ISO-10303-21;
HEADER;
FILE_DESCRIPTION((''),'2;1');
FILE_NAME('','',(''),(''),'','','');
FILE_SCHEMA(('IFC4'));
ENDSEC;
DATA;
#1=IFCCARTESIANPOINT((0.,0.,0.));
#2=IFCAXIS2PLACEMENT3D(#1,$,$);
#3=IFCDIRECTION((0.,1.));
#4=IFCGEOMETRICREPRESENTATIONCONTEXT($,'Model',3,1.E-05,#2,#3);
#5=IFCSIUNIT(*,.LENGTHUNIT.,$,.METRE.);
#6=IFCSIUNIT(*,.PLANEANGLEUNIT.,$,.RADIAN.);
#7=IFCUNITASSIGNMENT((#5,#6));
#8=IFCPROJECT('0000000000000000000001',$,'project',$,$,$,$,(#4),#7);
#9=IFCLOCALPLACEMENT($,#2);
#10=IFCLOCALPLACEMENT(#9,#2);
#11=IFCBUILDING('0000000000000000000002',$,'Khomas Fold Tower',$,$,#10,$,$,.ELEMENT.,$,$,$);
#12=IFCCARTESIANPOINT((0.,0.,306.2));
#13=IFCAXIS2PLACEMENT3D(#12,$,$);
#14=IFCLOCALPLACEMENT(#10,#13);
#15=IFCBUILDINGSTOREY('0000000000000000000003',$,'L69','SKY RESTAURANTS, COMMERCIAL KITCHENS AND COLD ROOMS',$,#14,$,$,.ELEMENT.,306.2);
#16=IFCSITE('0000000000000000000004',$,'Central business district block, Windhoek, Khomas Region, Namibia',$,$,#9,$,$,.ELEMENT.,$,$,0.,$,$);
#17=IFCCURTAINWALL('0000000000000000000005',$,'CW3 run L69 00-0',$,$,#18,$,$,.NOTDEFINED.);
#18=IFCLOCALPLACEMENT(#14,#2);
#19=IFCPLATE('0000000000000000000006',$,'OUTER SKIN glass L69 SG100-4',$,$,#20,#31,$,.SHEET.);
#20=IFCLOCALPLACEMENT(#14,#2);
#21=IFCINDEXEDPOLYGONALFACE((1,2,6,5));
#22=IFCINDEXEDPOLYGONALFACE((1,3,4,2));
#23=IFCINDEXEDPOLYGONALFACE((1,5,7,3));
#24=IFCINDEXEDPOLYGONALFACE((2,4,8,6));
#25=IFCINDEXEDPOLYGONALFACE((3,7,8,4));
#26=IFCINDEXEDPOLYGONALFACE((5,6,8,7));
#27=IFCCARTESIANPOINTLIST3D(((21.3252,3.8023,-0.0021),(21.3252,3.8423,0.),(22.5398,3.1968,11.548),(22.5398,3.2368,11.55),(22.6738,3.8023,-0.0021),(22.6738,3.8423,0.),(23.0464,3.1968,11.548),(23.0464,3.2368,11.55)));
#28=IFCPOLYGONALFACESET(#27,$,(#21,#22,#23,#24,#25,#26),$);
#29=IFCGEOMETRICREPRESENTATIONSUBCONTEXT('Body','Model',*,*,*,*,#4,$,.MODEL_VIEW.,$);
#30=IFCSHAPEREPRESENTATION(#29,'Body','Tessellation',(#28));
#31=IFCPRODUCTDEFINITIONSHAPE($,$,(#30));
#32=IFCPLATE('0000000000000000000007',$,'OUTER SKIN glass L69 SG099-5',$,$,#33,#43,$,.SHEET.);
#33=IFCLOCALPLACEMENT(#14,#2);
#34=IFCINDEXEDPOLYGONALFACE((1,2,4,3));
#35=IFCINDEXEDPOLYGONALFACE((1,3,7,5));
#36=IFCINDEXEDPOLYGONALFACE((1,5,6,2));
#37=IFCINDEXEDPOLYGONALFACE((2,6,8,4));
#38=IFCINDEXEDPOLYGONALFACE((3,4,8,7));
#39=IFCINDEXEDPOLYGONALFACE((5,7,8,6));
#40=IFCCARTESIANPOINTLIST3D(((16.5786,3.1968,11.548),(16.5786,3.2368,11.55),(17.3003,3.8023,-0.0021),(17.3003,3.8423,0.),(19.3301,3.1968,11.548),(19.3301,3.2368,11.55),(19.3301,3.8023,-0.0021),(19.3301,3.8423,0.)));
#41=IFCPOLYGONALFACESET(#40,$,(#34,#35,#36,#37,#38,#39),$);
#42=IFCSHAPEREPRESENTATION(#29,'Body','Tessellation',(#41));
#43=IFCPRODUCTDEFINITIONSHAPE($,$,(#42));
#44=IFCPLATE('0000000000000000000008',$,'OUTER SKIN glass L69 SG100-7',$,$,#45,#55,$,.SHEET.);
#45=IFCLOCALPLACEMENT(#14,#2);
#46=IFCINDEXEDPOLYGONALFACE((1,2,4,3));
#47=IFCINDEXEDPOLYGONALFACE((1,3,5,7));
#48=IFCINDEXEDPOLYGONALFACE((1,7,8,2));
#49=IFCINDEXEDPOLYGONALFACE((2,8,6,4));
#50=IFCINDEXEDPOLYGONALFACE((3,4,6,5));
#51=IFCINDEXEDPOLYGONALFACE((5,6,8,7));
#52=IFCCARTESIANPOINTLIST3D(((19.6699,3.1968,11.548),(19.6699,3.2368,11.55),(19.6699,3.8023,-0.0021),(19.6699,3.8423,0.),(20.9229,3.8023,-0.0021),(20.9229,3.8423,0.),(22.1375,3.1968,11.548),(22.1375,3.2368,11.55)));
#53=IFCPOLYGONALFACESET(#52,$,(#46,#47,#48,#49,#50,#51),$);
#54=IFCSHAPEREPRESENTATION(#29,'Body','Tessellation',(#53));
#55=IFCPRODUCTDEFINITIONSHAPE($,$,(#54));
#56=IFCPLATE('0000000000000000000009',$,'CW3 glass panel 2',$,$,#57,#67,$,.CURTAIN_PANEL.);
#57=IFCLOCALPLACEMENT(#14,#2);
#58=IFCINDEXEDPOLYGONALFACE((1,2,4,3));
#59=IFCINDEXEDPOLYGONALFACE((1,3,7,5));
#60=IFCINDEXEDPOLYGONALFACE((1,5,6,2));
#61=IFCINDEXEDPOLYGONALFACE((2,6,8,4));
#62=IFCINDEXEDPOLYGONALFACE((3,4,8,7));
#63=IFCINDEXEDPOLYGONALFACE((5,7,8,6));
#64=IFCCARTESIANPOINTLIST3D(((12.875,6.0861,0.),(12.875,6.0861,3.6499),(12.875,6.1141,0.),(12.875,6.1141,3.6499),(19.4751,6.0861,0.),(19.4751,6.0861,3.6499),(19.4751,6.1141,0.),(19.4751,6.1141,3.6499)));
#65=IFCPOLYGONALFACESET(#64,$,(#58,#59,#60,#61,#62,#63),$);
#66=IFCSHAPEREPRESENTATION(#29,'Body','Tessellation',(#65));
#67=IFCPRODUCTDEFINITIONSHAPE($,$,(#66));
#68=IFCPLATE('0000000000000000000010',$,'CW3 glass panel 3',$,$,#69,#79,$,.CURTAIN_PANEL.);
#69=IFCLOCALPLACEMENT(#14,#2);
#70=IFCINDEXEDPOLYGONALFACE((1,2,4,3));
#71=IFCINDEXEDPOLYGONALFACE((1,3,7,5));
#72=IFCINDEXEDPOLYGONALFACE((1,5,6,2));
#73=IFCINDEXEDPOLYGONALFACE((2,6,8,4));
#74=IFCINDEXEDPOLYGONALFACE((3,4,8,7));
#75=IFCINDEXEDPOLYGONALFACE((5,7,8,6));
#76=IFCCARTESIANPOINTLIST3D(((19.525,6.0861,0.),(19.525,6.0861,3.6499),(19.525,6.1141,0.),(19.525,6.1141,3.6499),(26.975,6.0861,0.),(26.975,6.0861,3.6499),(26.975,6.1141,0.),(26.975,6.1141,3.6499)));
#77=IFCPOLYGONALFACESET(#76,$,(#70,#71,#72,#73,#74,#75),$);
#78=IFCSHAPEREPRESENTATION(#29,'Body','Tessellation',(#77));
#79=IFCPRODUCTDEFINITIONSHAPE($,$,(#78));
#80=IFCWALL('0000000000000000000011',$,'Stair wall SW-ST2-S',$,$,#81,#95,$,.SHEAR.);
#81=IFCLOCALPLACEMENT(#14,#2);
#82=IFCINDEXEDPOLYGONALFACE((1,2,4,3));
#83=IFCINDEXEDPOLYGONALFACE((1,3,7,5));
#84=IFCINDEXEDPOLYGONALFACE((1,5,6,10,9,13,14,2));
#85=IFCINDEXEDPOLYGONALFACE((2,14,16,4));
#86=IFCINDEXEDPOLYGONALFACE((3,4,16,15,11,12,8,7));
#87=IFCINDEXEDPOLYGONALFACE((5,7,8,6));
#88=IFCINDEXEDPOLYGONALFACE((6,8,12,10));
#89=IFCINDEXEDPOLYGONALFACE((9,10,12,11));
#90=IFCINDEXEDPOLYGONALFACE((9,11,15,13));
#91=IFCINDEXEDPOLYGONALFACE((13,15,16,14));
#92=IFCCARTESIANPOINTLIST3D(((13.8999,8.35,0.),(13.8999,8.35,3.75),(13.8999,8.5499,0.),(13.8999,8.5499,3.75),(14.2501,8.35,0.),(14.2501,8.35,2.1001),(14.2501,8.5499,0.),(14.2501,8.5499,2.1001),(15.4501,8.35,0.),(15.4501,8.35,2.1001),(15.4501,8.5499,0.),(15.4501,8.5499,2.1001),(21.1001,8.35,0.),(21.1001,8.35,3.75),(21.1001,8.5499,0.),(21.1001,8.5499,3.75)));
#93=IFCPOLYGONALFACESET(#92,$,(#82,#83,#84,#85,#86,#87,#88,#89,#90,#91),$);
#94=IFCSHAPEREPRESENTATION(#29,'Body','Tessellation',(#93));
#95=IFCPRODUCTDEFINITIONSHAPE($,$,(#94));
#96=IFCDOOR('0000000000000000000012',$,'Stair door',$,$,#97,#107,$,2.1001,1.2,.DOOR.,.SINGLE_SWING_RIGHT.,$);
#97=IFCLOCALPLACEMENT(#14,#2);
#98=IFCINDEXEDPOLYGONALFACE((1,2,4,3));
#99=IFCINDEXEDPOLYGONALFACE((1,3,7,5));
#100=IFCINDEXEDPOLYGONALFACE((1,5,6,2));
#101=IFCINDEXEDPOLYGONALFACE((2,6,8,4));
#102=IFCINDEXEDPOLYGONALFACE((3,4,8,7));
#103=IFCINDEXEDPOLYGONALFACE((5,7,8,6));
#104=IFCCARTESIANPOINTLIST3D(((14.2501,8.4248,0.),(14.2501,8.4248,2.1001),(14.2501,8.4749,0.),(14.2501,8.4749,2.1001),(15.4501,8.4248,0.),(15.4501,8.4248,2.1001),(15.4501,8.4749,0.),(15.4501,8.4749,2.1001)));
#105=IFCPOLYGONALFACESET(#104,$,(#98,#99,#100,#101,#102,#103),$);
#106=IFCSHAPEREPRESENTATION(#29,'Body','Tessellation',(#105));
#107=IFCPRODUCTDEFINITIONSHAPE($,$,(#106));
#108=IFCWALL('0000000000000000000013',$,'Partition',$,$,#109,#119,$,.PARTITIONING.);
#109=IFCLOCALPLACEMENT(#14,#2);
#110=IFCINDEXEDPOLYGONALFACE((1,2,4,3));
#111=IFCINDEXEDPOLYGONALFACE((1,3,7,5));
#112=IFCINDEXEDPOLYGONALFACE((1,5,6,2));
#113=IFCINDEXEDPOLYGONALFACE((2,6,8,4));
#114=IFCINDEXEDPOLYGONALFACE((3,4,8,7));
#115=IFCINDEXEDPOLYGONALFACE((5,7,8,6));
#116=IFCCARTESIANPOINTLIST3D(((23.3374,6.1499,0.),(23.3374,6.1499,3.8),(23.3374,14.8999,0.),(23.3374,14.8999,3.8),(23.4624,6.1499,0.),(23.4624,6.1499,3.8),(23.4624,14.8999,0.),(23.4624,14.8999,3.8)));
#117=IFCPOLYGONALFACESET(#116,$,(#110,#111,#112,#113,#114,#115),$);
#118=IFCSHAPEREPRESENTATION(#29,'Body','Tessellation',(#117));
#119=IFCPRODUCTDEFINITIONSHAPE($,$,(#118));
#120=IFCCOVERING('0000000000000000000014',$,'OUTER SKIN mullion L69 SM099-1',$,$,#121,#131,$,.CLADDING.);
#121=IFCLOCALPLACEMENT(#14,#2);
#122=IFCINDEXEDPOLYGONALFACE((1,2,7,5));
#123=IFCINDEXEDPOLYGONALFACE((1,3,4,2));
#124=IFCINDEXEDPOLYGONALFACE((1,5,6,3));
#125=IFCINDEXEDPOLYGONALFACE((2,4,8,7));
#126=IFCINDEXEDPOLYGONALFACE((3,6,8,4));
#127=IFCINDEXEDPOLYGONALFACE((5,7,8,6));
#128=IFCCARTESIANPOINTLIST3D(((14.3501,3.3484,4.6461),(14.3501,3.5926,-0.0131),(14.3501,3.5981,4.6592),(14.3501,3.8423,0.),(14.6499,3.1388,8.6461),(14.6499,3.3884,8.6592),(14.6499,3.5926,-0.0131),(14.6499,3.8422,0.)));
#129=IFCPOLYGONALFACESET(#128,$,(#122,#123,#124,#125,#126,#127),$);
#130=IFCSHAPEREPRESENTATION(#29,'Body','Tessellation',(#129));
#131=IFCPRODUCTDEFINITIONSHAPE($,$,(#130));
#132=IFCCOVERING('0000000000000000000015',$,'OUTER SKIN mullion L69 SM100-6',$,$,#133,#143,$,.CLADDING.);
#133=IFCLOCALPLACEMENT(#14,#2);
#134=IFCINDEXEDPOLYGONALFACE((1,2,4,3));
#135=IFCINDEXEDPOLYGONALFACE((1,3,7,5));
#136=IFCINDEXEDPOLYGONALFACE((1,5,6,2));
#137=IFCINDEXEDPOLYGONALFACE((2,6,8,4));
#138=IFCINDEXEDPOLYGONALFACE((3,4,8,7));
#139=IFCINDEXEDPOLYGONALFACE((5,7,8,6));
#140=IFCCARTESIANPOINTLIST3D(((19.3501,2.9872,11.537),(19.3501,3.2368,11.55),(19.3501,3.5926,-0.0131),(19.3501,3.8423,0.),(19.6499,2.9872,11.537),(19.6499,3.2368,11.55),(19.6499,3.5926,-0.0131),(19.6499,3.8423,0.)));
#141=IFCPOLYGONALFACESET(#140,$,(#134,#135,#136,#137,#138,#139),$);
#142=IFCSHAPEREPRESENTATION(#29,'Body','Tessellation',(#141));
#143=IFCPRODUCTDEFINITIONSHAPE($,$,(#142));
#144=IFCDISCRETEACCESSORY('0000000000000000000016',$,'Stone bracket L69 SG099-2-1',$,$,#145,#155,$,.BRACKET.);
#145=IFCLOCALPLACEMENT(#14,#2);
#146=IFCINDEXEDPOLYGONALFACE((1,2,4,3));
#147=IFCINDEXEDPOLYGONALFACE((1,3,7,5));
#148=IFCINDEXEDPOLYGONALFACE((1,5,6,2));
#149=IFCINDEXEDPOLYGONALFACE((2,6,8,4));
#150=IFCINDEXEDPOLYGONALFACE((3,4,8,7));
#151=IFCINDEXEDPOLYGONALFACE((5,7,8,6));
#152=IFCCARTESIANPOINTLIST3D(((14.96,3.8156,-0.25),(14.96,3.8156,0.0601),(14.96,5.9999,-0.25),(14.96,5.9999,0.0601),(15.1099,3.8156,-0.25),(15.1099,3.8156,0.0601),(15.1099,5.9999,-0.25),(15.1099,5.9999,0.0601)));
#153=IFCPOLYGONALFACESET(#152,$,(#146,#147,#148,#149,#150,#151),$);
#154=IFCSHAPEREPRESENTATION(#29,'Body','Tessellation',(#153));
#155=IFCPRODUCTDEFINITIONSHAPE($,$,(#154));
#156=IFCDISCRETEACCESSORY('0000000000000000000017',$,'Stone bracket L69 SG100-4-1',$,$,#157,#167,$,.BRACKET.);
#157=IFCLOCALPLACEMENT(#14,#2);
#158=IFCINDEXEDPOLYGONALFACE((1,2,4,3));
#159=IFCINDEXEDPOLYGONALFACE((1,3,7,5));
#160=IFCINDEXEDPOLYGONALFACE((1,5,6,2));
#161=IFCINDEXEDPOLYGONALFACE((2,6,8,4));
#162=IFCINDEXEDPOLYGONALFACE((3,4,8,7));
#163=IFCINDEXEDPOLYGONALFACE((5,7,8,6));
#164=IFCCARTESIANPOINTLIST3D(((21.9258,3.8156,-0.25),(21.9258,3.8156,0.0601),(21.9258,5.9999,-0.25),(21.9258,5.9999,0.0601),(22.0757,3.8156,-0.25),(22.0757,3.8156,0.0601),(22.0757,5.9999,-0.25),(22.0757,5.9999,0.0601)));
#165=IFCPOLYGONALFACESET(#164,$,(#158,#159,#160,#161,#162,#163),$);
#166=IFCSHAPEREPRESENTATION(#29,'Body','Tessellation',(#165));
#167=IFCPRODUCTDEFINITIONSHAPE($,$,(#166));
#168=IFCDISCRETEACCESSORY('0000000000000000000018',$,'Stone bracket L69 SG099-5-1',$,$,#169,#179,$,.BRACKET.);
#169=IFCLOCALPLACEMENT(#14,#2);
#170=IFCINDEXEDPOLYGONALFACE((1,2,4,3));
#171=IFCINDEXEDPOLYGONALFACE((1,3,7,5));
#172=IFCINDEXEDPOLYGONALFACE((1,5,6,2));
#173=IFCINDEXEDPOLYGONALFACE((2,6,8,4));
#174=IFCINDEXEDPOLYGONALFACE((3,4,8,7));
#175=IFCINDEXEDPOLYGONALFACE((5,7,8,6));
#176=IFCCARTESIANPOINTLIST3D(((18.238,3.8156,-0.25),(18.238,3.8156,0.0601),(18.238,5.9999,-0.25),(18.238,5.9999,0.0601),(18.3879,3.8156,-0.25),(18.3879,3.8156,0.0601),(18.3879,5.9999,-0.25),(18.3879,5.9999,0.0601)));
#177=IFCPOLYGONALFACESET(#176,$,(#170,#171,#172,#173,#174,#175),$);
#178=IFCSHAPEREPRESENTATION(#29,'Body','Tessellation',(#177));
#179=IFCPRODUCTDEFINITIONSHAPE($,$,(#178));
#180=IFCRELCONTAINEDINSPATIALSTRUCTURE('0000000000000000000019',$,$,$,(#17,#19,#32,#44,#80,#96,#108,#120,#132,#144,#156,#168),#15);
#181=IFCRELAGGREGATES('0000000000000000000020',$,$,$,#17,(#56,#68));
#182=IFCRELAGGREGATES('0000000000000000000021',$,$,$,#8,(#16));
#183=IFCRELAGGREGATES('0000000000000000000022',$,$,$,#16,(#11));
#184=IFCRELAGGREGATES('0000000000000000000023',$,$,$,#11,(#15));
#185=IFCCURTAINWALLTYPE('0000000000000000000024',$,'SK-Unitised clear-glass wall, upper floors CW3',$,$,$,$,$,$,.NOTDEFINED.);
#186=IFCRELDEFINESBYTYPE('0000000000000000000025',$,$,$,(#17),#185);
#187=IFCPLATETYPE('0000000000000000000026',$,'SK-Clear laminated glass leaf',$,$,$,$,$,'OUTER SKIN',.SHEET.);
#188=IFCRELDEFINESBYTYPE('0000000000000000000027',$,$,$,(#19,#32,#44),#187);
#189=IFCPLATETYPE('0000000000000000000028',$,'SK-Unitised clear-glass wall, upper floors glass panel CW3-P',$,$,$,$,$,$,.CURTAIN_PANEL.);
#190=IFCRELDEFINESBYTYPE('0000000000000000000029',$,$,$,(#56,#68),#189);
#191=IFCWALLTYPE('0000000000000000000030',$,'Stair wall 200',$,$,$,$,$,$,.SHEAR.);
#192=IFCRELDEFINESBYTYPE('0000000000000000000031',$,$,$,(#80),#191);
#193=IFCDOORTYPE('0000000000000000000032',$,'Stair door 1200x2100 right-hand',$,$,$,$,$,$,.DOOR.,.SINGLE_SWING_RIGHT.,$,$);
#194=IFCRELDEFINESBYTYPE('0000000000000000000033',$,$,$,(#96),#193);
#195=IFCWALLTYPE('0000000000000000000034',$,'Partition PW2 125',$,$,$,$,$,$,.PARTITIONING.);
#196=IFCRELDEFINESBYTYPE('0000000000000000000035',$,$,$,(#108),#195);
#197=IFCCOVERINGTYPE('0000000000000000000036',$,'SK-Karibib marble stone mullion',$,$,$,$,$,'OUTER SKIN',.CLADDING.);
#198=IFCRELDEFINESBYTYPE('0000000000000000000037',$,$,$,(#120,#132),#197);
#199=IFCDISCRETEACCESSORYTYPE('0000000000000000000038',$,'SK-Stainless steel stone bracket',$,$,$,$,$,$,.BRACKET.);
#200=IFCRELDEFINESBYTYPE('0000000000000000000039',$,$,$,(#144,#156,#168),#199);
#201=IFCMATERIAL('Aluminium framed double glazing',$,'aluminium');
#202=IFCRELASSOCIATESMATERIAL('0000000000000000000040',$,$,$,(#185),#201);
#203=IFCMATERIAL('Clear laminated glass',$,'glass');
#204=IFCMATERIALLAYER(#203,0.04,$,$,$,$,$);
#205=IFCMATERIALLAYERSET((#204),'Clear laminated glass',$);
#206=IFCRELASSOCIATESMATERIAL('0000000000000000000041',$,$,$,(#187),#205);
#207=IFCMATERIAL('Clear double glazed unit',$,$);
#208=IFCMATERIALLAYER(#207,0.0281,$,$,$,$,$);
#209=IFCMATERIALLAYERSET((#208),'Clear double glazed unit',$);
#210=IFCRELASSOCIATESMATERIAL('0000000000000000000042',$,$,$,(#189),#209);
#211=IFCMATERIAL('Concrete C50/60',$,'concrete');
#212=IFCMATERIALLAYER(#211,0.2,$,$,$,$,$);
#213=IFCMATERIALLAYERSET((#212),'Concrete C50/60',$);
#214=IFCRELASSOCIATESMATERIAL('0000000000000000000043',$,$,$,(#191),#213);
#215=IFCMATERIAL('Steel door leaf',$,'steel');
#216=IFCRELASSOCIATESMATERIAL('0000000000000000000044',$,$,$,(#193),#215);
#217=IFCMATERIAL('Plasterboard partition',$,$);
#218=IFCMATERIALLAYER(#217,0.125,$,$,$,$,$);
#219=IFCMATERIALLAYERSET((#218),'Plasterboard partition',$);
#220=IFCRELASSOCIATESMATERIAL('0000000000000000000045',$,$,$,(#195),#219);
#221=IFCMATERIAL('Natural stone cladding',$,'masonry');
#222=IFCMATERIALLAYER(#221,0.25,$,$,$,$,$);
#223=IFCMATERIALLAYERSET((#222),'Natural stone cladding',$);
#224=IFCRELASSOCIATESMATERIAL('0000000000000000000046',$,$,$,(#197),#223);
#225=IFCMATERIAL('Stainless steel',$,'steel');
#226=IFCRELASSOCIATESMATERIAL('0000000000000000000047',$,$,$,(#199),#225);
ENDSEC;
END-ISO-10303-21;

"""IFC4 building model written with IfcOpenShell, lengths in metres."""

from ifc_helpers import new_model, si_unit, direction, frame, frame_2d, origin, origin_2d, place, context, subcontext, project, spatial, polyline, rectangle, outline, extrude, source, transform, mapped, material, layer, layer_set, type_object, element, fill, aggregate, save


model = new_model("IFC4")

# Units and contexts
model_context = context("Model", 3, precision=1e-05, world=origin(), true_north=direction((0.0, 1.0)))
body_context = subcontext(model_context, "Body", "Model", "MODEL_VIEW")
ifc_project = project(units=[si_unit("LENGTHUNIT", "METRE"), si_unit("PLANEANGLEUNIT", "RADIAN")], contexts=[model_context])

# Site, building, storey
site_placement = place(None, origin())
site = spatial("IfcSite", under=ifc_project, at=site_placement, Name="Central business district block, Windhoek, Khomas Region, Namibia", CompositionType="ELEMENT", RefElevation=0.0)
building_placement = place(site_placement, origin())
building = spatial("IfcBuilding", under=site, at=building_placement, Name="Khomas Fold Tower", CompositionType="ELEMENT")
storey_placement = place(building_placement, frame((0.0, 0.0, 306.2)))
storey = spatial("IfcBuildingStorey", under=building, at=storey_placement, Name="L69", Description="SKY RESTAURANTS, COMMERCIAL KITCHENS AND COLD ROOMS", CompositionType="ELEMENT", Elevation=306.2)

# Curtain wall
ifc_material_1 = material(Name="Aluminium framed double glazing", Category="aluminium")
curtain_wall_type = type_object("IfcCurtainWallType", Name="SK-Unitised clear-glass wall, upper floors CW3", PredefinedType="NOTDEFINED", material=ifc_material_1)
curtain_wall_placement = place(storey_placement, origin())
curtain_wall = element("IfcCurtainWall", 1, at=curtain_wall_placement, inside=storey, type_object=curtain_wall_type, Name="CW3 run L69 00-0", PredefinedType="NOTDEFINED")

# Plates
ifc_material_2 = material(Name="Clear laminated glass", Category="glass")
ifc_layer_1 = layer(ifc_material_2, 0.04)
ifc_layer_set_1 = layer_set([ifc_layer_1], Name="Clear laminated glass")
plate_type_1 = type_object("IfcPlateType", Name="SK-Clear laminated glass leaf", ElementType="OUTER SKIN", PredefinedType="SHEET", material=ifc_layer_set_1)
plate_1_placement = place(storey_placement, frame((22.6738, 3.8423, 0.0), z_axis=(0.0, 0.998629, 0.052349), x_axis=(-1.0, 0.0, 0.0)))
element("IfcPlate", 2, at=plate_1_placement, inside=storey, type_object=plate_type_1, Name="OUTER SKIN glass L69 SG100-4", PredefinedType="SHEET", context=body_context, shape_type="SweptSolid", body=[
    extrude(outline(polyline([(0.0, 0.0), (1.3486, 0.0), (0.134, 11.5659), (-0.3726, 11.5659), (0.0, 0.0)])), origin(), (0.0, 0.0, -1.0), 0.04),
])
plate_2_placement = place(storey_placement, frame((17.3003, 3.8423, 0.0), z_axis=(0.0, 0.998629, 0.052349), x_axis=(-0.062276, -0.052248, 0.99669)))
element("IfcPlate", 3, at=plate_2_placement, inside=storey, type_object=plate_type_1, Name="OUTER SKIN glass L69 SG099-5", PredefinedType="SHEET", context=body_context, shape_type="SweptSolid", body=[
    extrude(outline(polyline([(0.0, 0.0), (11.5884, 0.0), (11.4171, 2.7461), (-0.1264, 2.0258), (0.0, 0.0)])), origin(), (0.0, 0.0, -1.0), 0.04),
])
plate_3_placement = place(storey_placement, frame((20.9229, 3.8423, 0.0), z_axis=(0.0, 0.998629, 0.052349), x_axis=(-1.0, 0.0, 0.0)))
element("IfcPlate", 4, at=plate_3_placement, inside=storey, type_object=plate_type_1, Name="OUTER SKIN glass L69 SG100-7", PredefinedType="SHEET", context=body_context, shape_type="SweptSolid", body=[
    extrude(outline(polyline([(0.0, 0.0), (1.2529, 0.0), (1.2529, 11.5659), (-1.2146, 11.5659), (0.0, 0.0)])), origin(), (0.0, 0.0, -1.0), 0.04),
])

# Plates
ifc_material_3 = material(Name="Clear double glazed unit")
ifc_layer_2 = layer(ifc_material_3, 0.0281)
ifc_layer_set_2 = layer_set([ifc_layer_2], Name="Clear double glazed unit")
plate_type_2 = type_object("IfcPlateType", Name="SK-Unitised clear-glass wall, upper floors glass panel CW3-P", PredefinedType="CURTAIN_PANEL", material=ifc_layer_set_2)
shared_shape_1 = source(origin(), body_context, "Body", "SweptSolid", [
    extrude(rectangle(XDim=6.6001, YDim=0.0281, at=origin_2d()), origin(), (0.0, 0.0, 1.0), 3.6499),
])
plate_4_placement = place(storey_placement, frame((16.175, 6.1001, 0.0), z_axis=(0.0, 0.0, 1.0), x_axis=(1.0, 0.0, 0.0)))
plate_4 = element("IfcPlate", 5, at=plate_4_placement, type_object=plate_type_2, Name="CW3 glass panel 2", PredefinedType="CURTAIN_PANEL", context=body_context, shape_type="MappedRepresentation", body=[
    mapped(shared_shape_1, transform((0.0, 0.0, 0.0))),
])
shared_shape_2 = source(origin(), body_context, "Body", "SweptSolid", [
    extrude(rectangle(XDim=7.45, YDim=0.0281, at=origin_2d()), origin(), (0.0, 0.0, 1.0), 3.6499),
])
plate_5_placement = place(storey_placement, frame((23.25, 6.1001, 0.0), z_axis=(0.0, 0.0, 1.0), x_axis=(1.0, 0.0, 0.0)))
plate_5 = element("IfcPlate", 6, at=plate_5_placement, type_object=plate_type_2, Name="CW3 glass panel 3", PredefinedType="CURTAIN_PANEL", context=body_context, shape_type="MappedRepresentation", body=[
    mapped(shared_shape_2, transform((0.0, 0.0, 0.0))),
])
aggregate(curtain_wall, [plate_4, plate_5])

# Wall, opening, door
ifc_material_4 = material(Name="Concrete C50/60", Category="concrete")
ifc_layer_3 = layer(ifc_material_4, 0.2)
ifc_layer_set_3 = layer_set([ifc_layer_3], Name="Concrete C50/60")
wall_type_1 = type_object("IfcWallType", Name="Stair wall 200", PredefinedType="SHEAR", material=ifc_layer_set_3)
shared_shape_3 = source(origin(), body_context, "Body", "SweptSolid", [
    extrude(rectangle(XDim=7.2002, YDim=0.2, at=frame_2d((3.6001, 0.0))), origin(), (0.0, 0.0, 1.0), 3.75),
])
wall_1_placement = place(storey_placement, frame((13.8999, 8.45, 0.0), z_axis=(0.0, 0.0, 1.0), x_axis=(1.0, 0.0, 0.0)))
wall_1 = element("IfcWall", 7, at=wall_1_placement, inside=storey, type_object=wall_type_1, Name="Stair wall SW-ST2-S", PredefinedType="SHEAR", context=body_context, shape_type="MappedRepresentation", body=[
    mapped(shared_shape_3, transform((0.0, 0.0, 0.0))),
])
shared_shape_4 = source(origin(), body_context, "Body", "SweptSolid", [
    extrude(rectangle(XDim=1.2, YDim=2.1001, at=frame_2d((0.6001, 1.05))), frame((0.0, 0.1099, 0.0), z_axis=(0.0, -1.0, 0.0), x_axis=(1.0, 0.0, 0.0)), (0.0, 0.0, 1.0), 0.22),
])
opening_placement = place(wall_1_placement, frame((0.3501, 0.0, 0.0)))
opening = element("IfcOpeningElement", 8, at=opening_placement, cuts=wall_1, PredefinedType="OPENING", context=body_context, shape_type="MappedRepresentation", body=[
    mapped(shared_shape_4, transform((0.0, 0.0, 0.0))),
])
ifc_material_5 = material(Name="Steel door leaf", Category="steel")
door_type = type_object("IfcDoorType", Name="Stair door 1200x2100 right-hand", OperationType="SINGLE_SWING_RIGHT", PredefinedType="DOOR", material=ifc_material_5)
shared_shape_5 = source(origin(), body_context, "Body", "SweptSolid", [
    extrude(rectangle(XDim=1.2, YDim=2.1001, at=frame_2d((0.6001, 1.05))), frame((0.0, 0.0249, 0.0), z_axis=(0.0, -1.0, 0.0), x_axis=(1.0, 0.0, 0.0)), (0.0, 0.0, 1.0), 0.05),
])
door_placement = place(opening_placement, origin())
door = element("IfcDoor", 9, at=door_placement, inside=storey, type_object=door_type, Name="Stair door", OperationType="SINGLE_SWING_RIGHT", OverallHeight=2.1001, OverallWidth=1.2, PredefinedType="DOOR", context=body_context, shape_type="MappedRepresentation", body=[
    mapped(shared_shape_5, transform((0.0, 0.0, 0.0))),
])
fill(opening, door)

# Wall
ifc_material_6 = material(Name="Plasterboard partition")
ifc_layer_4 = layer(ifc_material_6, 0.125)
ifc_layer_set_4 = layer_set([ifc_layer_4], Name="Plasterboard partition")
wall_type_2 = type_object("IfcWallType", Name="Partition PW2 125", PredefinedType="PARTITIONING", material=ifc_layer_set_4)
shared_shape_6 = source(origin(), body_context, "Body", "SweptSolid", [
    extrude(rectangle(XDim=8.75, YDim=0.125, at=frame_2d((4.375, 0.0))), origin(), (0.0, 0.0, 1.0), 3.8),
])
wall_2_placement = place(storey_placement, frame((23.3999, 6.1499, 0.0), z_axis=(0.0, 0.0, 1.0), x_axis=(0.0, 1.0, 0.0)))
element("IfcWall", 10, at=wall_2_placement, inside=storey, type_object=wall_type_2, Name="Partition", PredefinedType="PARTITIONING", context=body_context, shape_type="MappedRepresentation", body=[
    mapped(shared_shape_6, transform((0.0, 0.0, 0.0))),
])

# Coverings
ifc_material_7 = material(Name="Natural stone cladding", Category="masonry")
ifc_layer_5 = layer(ifc_material_7, 0.25)
ifc_layer_set_5 = layer_set([ifc_layer_5], Name="Natural stone cladding")
covering_type = type_object("IfcCoveringType", Name="SK-Karibib marble stone mullion", ElementType="OUTER SKIN", PredefinedType="CLADDING", material=ifc_layer_set_5)
covering_1_placement = place(storey_placement, frame((14.3501, 3.8423, 0.0), z_axis=(0.000136, 0.998629, 0.052337), x_axis=(0.0, -0.052337, 0.998629)))
element("IfcCovering", 11, at=covering_1_placement, inside=storey, type_object=covering_type, Name="OUTER SKIN mullion L69 SM099-1", PredefinedType="CLADDING", context=body_context, shape_type="SweptSolid", body=[
    extrude(outline(polyline([(0.0, 0.0), (4.6656, 0.0), (8.6711, 0.2998), (0.0, 0.2998), (0.0, 0.0)])), origin(), (0.0, 0.0, -1.0), 0.25),
])
covering_2_placement = place(storey_placement, frame((19.3501, 3.8423, 0.0), z_axis=(0.0, 0.998629, 0.052349), x_axis=(0.0, -0.052349, 0.998629)))
element("IfcCovering", 12, at=covering_2_placement, inside=storey, type_object=covering_type, Name="OUTER SKIN mullion L69 SM100-6", PredefinedType="CLADDING", context=body_context, shape_type="SweptSolid", body=[
    extrude(outline(polyline([(0.0, 0.0), (11.5659, 0.0), (11.5659, 0.2998), (0.0, 0.2998), (0.0, 0.0)])), origin(), (0.0, 0.0, -1.0), 0.25),
])

# Discrete accessories
ifc_material_8 = material(Name="Stainless steel", Category="steel")
discrete_accessory_type = type_object("IfcDiscreteAccessoryType", Name="SK-Stainless steel stone bracket", PredefinedType="BRACKET", material=ifc_material_8)
shared_shape_7 = source(origin(), body_context, "Body", "SweptSolid", [
    extrude(rectangle(XDim=2.1843, YDim=0.1499, at=origin_2d()), origin(), (0.0, 0.0, 1.0), 0.3101),
])
for number, where, z_axis, x_axis, name in (
    (13, (15.0349, 4.9077, -0.25), (0.0, 0.0, 1.0), (0.0, -1.0, 0.0), "Stone bracket L69 SG099-2-1"),
    (14, (22.0007, 4.9077, -0.25), (0.0, 0.0, 1.0), (0.0, -1.0, 0.0), "Stone bracket L69 SG100-4-1"),
    (15, (18.313, 4.9077, -0.25), (0.0, 0.0, 1.0), (0.0, -1.0, 0.0), "Stone bracket L69 SG099-5-1"),
):
    element("IfcDiscreteAccessory", number, at=place(storey_placement, frame(where, z_axis=z_axis, x_axis=x_axis)), inside=storey, type_object=discrete_accessory_type, Name=name, PredefinedType="BRACKET", context=body_context, shape_type="MappedRepresentation", body=[
        mapped(shared_shape_7, transform((0.0, 0.0, 0.0))),
    ])

save(model, "model.ifc")
